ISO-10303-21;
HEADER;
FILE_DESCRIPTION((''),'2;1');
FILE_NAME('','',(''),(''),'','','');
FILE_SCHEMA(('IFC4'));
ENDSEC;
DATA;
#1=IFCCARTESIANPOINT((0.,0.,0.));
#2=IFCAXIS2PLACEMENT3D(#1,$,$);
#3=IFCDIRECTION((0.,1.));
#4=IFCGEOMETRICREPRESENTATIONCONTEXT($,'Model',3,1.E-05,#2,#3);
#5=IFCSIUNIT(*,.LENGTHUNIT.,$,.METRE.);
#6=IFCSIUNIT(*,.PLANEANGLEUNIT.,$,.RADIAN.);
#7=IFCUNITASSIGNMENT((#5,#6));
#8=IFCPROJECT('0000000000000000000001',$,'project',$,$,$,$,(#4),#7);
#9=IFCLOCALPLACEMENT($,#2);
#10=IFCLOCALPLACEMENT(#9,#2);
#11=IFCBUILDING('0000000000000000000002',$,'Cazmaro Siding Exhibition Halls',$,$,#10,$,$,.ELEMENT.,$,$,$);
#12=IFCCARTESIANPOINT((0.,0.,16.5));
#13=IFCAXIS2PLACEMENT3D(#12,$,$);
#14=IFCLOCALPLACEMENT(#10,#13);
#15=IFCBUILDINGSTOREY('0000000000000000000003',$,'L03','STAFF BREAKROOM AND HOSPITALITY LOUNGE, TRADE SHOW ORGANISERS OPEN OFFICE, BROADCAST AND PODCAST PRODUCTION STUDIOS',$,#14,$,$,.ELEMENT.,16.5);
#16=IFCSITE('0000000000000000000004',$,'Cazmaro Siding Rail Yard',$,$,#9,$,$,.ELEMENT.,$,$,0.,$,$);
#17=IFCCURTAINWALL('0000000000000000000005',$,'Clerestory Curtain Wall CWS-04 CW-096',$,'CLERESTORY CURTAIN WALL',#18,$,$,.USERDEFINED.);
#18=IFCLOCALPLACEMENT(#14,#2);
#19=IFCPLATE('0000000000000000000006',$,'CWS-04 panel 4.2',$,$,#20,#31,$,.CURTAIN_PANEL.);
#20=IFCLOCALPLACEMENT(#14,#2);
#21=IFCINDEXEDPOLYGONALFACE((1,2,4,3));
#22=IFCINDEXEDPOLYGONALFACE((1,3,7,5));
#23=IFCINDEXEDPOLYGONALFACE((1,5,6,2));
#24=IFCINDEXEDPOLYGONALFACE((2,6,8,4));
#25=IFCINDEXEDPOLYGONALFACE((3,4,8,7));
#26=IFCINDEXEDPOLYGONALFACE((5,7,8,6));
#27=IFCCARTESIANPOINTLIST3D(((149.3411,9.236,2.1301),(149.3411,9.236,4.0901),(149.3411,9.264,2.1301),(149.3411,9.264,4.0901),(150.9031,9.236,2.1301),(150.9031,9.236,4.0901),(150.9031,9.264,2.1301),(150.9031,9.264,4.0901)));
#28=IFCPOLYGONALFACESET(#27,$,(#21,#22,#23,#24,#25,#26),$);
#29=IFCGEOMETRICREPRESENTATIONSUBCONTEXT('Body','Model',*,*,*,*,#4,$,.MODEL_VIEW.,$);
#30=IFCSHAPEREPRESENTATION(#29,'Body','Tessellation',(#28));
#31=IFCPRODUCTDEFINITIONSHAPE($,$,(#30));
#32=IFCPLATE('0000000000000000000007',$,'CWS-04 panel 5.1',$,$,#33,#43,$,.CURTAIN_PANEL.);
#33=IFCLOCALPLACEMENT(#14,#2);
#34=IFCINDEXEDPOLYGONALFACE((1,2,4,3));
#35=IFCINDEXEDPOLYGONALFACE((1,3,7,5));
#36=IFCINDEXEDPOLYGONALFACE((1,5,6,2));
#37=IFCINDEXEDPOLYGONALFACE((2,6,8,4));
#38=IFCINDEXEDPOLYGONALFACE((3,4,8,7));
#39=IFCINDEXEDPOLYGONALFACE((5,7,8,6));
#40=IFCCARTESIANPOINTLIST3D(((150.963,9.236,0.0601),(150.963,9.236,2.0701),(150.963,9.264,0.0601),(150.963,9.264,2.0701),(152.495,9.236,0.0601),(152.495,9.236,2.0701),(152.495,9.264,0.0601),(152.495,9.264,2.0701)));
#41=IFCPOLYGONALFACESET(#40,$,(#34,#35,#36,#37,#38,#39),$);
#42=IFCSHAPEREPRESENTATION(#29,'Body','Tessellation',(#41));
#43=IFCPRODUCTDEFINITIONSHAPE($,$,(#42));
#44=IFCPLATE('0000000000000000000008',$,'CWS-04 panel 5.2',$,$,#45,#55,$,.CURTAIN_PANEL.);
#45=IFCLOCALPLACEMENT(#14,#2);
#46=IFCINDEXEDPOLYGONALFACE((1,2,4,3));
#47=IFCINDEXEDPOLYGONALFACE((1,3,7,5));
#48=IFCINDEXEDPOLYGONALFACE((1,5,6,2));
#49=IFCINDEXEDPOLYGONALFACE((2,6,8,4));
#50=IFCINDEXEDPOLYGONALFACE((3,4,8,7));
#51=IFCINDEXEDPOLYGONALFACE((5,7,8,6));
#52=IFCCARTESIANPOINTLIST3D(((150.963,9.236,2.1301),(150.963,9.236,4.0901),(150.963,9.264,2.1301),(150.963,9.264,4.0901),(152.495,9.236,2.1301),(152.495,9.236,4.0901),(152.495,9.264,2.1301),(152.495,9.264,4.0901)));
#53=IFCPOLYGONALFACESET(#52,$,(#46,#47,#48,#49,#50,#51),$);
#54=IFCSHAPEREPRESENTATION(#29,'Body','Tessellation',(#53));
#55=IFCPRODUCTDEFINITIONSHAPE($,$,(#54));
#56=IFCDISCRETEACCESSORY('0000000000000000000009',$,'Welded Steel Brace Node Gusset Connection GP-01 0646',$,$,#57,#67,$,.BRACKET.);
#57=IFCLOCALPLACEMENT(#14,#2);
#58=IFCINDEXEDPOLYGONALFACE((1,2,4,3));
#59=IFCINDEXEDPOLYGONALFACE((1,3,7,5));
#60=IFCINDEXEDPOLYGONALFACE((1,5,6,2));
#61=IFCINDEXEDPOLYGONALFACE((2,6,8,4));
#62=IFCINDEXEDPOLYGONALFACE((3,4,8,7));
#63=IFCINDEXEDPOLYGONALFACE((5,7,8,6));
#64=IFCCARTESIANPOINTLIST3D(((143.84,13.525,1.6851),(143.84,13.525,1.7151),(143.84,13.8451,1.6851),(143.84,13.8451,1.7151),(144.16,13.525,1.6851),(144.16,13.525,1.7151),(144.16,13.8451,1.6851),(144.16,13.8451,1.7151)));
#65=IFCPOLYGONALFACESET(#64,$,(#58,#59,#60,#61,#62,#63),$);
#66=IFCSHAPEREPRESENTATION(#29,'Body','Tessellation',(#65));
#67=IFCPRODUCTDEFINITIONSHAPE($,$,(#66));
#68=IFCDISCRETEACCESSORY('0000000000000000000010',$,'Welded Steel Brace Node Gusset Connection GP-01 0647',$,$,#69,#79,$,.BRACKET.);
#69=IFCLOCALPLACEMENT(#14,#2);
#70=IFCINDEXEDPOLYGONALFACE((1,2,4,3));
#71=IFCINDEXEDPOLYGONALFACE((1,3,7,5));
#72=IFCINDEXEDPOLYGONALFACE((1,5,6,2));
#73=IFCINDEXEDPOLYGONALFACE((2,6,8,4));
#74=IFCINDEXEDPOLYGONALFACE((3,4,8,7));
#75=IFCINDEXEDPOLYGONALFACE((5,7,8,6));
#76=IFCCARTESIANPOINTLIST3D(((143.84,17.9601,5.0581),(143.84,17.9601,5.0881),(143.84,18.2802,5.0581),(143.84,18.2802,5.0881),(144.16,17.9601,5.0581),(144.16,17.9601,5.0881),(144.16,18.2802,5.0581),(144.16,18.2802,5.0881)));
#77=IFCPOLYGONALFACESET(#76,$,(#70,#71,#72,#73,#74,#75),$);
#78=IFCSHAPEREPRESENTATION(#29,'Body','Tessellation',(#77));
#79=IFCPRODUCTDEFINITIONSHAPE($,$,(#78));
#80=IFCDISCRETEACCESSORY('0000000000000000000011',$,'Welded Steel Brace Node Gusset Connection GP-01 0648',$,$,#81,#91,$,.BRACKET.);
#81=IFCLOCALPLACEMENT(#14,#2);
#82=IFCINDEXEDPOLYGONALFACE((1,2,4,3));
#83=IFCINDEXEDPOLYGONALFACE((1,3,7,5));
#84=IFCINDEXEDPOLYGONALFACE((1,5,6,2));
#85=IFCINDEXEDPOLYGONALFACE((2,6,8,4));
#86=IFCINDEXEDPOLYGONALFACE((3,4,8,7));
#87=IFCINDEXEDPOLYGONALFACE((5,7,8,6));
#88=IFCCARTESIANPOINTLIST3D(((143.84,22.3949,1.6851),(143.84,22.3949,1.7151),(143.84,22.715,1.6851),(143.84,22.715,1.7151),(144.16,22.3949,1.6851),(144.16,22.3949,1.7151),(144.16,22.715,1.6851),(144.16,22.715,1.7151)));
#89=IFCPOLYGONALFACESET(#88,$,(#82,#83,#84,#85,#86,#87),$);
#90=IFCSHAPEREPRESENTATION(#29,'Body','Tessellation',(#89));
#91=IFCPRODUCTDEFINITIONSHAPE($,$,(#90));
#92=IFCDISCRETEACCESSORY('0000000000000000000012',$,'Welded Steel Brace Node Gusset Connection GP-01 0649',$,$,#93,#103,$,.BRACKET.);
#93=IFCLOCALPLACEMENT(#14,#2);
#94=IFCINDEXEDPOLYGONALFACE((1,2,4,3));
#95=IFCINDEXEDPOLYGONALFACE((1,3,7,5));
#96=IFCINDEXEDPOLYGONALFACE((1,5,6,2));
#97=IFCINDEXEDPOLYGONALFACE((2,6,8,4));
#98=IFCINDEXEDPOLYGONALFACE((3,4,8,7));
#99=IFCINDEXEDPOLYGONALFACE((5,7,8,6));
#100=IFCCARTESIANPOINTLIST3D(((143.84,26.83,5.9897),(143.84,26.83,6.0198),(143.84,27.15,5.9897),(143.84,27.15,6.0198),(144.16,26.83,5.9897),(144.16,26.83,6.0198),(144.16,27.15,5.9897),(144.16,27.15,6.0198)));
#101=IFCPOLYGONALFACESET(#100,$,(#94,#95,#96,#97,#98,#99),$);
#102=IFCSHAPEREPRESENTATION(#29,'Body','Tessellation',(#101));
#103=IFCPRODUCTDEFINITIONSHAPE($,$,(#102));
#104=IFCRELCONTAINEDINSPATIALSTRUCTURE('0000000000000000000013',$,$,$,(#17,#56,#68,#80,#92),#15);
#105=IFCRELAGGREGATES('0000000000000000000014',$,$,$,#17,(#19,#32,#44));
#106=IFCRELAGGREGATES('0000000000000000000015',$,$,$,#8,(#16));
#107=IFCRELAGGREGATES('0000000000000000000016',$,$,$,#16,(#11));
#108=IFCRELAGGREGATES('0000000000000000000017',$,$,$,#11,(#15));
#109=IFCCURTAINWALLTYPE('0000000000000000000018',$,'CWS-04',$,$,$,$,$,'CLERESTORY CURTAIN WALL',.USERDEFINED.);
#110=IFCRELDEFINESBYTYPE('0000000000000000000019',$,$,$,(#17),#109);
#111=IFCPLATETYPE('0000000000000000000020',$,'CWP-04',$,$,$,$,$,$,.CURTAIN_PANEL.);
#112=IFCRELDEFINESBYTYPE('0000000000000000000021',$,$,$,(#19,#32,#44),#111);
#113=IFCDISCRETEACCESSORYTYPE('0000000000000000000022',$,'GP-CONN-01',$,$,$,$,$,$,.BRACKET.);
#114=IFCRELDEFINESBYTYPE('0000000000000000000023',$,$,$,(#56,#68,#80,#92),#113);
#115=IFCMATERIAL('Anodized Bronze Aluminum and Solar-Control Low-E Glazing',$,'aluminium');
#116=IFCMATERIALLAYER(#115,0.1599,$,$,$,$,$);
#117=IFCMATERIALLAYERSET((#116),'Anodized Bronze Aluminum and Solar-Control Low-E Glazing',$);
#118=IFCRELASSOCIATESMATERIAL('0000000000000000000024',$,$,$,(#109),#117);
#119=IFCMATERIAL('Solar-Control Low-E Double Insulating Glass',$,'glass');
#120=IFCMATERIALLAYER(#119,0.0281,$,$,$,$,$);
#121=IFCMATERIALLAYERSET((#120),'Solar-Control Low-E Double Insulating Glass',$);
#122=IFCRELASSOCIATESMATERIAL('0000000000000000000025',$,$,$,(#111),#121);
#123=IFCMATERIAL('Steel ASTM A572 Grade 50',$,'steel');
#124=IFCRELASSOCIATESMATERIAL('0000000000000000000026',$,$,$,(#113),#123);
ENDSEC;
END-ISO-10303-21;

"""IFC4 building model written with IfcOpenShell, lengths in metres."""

from ifc_helpers import new_model, si_unit, direction, frame, origin, origin_2d, place, context, subcontext, project, spatial, rectangle, extrude, material, layer, layer_set, type_object, element, aggregate, save


model = new_model("IFC4")

# Units and contexts
model_context = context("Model", 3, precision=1e-05, world=origin(), true_north=direction((0.0, 1.0)))
body_context = subcontext(model_context, "Body", "Model", "MODEL_VIEW")
ifc_project = project(units=[si_unit("LENGTHUNIT", "METRE"), si_unit("PLANEANGLEUNIT", "RADIAN")], contexts=[model_context])

# Site, building, storey
site_placement = place(None, origin())
site = spatial("IfcSite", under=ifc_project, at=site_placement, Name="Cazmaro Siding Rail Yard", CompositionType="ELEMENT", RefElevation=0.0)
building_placement = place(site_placement, origin())
building = spatial("IfcBuilding", under=site, at=building_placement, Name="Cazmaro Siding Exhibition Halls", CompositionType="ELEMENT")
storey_placement = place(building_placement, frame((0.0, 0.0, 16.5)))
storey = spatial("IfcBuildingStorey", under=building, at=storey_placement, Name="L03", Description="STAFF BREAKROOM AND HOSPITALITY LOUNGE, TRADE SHOW ORGANISERS OPEN OFFICE, BROADCAST AND PODCAST PRODUCTION STUDIOS", CompositionType="ELEMENT", Elevation=16.5)

# Curtain wall
ifc_material_1 = material(Name="Anodized Bronze Aluminum and Solar-Control Low-E Glazing", Category="aluminium")
ifc_layer_1 = layer(ifc_material_1, 0.1599)
ifc_layer_set_1 = layer_set([ifc_layer_1], Name="Anodized Bronze Aluminum and Solar-Control Low-E Glazing")
curtain_wall_type = type_object("IfcCurtainWallType", Name="CWS-04", ElementType="CLERESTORY CURTAIN WALL", PredefinedType="USERDEFINED", material=ifc_layer_set_1)
curtain_wall_placement = place(storey_placement, origin())
curtain_wall = element("IfcCurtainWall", 1, at=curtain_wall_placement, inside=storey, type_object=curtain_wall_type, Name="Clerestory Curtain Wall CWS-04 CW-096", ObjectType="CLERESTORY CURTAIN WALL", PredefinedType="USERDEFINED")

# Plates
ifc_material_2 = material(Name="Solar-Control Low-E Double Insulating Glass", Category="glass")
ifc_layer_2 = layer(ifc_material_2, 0.0281)
ifc_layer_set_2 = layer_set([ifc_layer_2], Name="Solar-Control Low-E Double Insulating Glass")
plate_type = type_object("IfcPlateType", Name="CWP-04", PredefinedType="CURTAIN_PANEL", material=ifc_layer_set_2)
plate_1_placement = place(storey_placement, frame((150.1221, 9.25, 2.1301), z_axis=(0.0, 0.0, 1.0), x_axis=(1.0, 0.0, 0.0)))
plate_1 = element("IfcPlate", 2, at=plate_1_placement, type_object=plate_type, Name="CWS-04 panel 4.2", PredefinedType="CURTAIN_PANEL", context=body_context, shape_type="SweptSolid", body=[
    extrude(rectangle(XDim=1.562, YDim=0.0281, at=origin_2d()), origin(), (0.0, 0.0, 1.0), 1.96),
])
plate_2_placement = place(storey_placement, frame((151.729, 9.25, 0.0601), z_axis=(0.0, 0.0, 1.0), x_axis=(1.0, 0.0, 0.0)))
plate_2 = element("IfcPlate", 3, at=plate_2_placement, type_object=plate_type, Name="CWS-04 panel 5.1", PredefinedType="CURTAIN_PANEL", context=body_context, shape_type="SweptSolid", body=[
    extrude(rectangle(XDim=1.532, YDim=0.0281, at=origin_2d()), origin(), (0.0, 0.0, 1.0), 2.01),
])
plate_3_placement = place(storey_placement, frame((151.729, 9.25, 2.1301), z_axis=(0.0, 0.0, 1.0), x_axis=(1.0, 0.0, 0.0)))
plate_3 = element("IfcPlate", 4, at=plate_3_placement, type_object=plate_type, Name="CWS-04 panel 5.2", PredefinedType="CURTAIN_PANEL", context=body_context, shape_type="SweptSolid", body=[
    extrude(rectangle(XDim=1.532, YDim=0.0281, at=origin_2d()), origin(), (0.0, 0.0, 1.0), 1.96),
])
aggregate(curtain_wall, [plate_1, plate_2, plate_3])

# Discrete accessories
ifc_material_3 = material(Name="Steel ASTM A572 Grade 50", Category="steel")
discrete_accessory_type = type_object("IfcDiscreteAccessoryType", Name="GP-CONN-01", PredefinedType="BRACKET", material=ifc_material_3)
for number, where, z_axis, x_axis, name in (
    (5, (144.0, 13.6851, 1.6851), (0.0, 0.0, 1.0), (1.0, 0.0, 0.0), "Welded Steel Brace Node Gusset Connection GP-01 0646"),
    (6, (144.0, 18.1201, 5.0581), (0.0, 0.0, 1.0), (1.0, 0.0, 0.0), "Welded Steel Brace Node Gusset Connection GP-01 0647"),
    (7, (144.0, 22.5549, 1.6851), (0.0, 0.0, 1.0), (1.0, 0.0, 0.0), "Welded Steel Brace Node Gusset Connection GP-01 0648"),
    (8, (144.0, 26.99, 5.9897), (0.0, 0.0, 1.0), (1.0, 0.0, 0.0), "Welded Steel Brace Node Gusset Connection GP-01 0649"),
):
    element("IfcDiscreteAccessory", number, at=place(storey_placement, frame(where, z_axis=z_axis, x_axis=x_axis)), inside=storey, type_object=discrete_accessory_type, Name=name, PredefinedType="BRACKET", context=body_context, shape_type="SweptSolid", body=[
        extrude(rectangle(XDim=0.3201, YDim=0.3201, at=origin_2d()), origin(), (0.0, 0.0, 1.0), 0.03),
    ])

save(model, "model.ifc")
